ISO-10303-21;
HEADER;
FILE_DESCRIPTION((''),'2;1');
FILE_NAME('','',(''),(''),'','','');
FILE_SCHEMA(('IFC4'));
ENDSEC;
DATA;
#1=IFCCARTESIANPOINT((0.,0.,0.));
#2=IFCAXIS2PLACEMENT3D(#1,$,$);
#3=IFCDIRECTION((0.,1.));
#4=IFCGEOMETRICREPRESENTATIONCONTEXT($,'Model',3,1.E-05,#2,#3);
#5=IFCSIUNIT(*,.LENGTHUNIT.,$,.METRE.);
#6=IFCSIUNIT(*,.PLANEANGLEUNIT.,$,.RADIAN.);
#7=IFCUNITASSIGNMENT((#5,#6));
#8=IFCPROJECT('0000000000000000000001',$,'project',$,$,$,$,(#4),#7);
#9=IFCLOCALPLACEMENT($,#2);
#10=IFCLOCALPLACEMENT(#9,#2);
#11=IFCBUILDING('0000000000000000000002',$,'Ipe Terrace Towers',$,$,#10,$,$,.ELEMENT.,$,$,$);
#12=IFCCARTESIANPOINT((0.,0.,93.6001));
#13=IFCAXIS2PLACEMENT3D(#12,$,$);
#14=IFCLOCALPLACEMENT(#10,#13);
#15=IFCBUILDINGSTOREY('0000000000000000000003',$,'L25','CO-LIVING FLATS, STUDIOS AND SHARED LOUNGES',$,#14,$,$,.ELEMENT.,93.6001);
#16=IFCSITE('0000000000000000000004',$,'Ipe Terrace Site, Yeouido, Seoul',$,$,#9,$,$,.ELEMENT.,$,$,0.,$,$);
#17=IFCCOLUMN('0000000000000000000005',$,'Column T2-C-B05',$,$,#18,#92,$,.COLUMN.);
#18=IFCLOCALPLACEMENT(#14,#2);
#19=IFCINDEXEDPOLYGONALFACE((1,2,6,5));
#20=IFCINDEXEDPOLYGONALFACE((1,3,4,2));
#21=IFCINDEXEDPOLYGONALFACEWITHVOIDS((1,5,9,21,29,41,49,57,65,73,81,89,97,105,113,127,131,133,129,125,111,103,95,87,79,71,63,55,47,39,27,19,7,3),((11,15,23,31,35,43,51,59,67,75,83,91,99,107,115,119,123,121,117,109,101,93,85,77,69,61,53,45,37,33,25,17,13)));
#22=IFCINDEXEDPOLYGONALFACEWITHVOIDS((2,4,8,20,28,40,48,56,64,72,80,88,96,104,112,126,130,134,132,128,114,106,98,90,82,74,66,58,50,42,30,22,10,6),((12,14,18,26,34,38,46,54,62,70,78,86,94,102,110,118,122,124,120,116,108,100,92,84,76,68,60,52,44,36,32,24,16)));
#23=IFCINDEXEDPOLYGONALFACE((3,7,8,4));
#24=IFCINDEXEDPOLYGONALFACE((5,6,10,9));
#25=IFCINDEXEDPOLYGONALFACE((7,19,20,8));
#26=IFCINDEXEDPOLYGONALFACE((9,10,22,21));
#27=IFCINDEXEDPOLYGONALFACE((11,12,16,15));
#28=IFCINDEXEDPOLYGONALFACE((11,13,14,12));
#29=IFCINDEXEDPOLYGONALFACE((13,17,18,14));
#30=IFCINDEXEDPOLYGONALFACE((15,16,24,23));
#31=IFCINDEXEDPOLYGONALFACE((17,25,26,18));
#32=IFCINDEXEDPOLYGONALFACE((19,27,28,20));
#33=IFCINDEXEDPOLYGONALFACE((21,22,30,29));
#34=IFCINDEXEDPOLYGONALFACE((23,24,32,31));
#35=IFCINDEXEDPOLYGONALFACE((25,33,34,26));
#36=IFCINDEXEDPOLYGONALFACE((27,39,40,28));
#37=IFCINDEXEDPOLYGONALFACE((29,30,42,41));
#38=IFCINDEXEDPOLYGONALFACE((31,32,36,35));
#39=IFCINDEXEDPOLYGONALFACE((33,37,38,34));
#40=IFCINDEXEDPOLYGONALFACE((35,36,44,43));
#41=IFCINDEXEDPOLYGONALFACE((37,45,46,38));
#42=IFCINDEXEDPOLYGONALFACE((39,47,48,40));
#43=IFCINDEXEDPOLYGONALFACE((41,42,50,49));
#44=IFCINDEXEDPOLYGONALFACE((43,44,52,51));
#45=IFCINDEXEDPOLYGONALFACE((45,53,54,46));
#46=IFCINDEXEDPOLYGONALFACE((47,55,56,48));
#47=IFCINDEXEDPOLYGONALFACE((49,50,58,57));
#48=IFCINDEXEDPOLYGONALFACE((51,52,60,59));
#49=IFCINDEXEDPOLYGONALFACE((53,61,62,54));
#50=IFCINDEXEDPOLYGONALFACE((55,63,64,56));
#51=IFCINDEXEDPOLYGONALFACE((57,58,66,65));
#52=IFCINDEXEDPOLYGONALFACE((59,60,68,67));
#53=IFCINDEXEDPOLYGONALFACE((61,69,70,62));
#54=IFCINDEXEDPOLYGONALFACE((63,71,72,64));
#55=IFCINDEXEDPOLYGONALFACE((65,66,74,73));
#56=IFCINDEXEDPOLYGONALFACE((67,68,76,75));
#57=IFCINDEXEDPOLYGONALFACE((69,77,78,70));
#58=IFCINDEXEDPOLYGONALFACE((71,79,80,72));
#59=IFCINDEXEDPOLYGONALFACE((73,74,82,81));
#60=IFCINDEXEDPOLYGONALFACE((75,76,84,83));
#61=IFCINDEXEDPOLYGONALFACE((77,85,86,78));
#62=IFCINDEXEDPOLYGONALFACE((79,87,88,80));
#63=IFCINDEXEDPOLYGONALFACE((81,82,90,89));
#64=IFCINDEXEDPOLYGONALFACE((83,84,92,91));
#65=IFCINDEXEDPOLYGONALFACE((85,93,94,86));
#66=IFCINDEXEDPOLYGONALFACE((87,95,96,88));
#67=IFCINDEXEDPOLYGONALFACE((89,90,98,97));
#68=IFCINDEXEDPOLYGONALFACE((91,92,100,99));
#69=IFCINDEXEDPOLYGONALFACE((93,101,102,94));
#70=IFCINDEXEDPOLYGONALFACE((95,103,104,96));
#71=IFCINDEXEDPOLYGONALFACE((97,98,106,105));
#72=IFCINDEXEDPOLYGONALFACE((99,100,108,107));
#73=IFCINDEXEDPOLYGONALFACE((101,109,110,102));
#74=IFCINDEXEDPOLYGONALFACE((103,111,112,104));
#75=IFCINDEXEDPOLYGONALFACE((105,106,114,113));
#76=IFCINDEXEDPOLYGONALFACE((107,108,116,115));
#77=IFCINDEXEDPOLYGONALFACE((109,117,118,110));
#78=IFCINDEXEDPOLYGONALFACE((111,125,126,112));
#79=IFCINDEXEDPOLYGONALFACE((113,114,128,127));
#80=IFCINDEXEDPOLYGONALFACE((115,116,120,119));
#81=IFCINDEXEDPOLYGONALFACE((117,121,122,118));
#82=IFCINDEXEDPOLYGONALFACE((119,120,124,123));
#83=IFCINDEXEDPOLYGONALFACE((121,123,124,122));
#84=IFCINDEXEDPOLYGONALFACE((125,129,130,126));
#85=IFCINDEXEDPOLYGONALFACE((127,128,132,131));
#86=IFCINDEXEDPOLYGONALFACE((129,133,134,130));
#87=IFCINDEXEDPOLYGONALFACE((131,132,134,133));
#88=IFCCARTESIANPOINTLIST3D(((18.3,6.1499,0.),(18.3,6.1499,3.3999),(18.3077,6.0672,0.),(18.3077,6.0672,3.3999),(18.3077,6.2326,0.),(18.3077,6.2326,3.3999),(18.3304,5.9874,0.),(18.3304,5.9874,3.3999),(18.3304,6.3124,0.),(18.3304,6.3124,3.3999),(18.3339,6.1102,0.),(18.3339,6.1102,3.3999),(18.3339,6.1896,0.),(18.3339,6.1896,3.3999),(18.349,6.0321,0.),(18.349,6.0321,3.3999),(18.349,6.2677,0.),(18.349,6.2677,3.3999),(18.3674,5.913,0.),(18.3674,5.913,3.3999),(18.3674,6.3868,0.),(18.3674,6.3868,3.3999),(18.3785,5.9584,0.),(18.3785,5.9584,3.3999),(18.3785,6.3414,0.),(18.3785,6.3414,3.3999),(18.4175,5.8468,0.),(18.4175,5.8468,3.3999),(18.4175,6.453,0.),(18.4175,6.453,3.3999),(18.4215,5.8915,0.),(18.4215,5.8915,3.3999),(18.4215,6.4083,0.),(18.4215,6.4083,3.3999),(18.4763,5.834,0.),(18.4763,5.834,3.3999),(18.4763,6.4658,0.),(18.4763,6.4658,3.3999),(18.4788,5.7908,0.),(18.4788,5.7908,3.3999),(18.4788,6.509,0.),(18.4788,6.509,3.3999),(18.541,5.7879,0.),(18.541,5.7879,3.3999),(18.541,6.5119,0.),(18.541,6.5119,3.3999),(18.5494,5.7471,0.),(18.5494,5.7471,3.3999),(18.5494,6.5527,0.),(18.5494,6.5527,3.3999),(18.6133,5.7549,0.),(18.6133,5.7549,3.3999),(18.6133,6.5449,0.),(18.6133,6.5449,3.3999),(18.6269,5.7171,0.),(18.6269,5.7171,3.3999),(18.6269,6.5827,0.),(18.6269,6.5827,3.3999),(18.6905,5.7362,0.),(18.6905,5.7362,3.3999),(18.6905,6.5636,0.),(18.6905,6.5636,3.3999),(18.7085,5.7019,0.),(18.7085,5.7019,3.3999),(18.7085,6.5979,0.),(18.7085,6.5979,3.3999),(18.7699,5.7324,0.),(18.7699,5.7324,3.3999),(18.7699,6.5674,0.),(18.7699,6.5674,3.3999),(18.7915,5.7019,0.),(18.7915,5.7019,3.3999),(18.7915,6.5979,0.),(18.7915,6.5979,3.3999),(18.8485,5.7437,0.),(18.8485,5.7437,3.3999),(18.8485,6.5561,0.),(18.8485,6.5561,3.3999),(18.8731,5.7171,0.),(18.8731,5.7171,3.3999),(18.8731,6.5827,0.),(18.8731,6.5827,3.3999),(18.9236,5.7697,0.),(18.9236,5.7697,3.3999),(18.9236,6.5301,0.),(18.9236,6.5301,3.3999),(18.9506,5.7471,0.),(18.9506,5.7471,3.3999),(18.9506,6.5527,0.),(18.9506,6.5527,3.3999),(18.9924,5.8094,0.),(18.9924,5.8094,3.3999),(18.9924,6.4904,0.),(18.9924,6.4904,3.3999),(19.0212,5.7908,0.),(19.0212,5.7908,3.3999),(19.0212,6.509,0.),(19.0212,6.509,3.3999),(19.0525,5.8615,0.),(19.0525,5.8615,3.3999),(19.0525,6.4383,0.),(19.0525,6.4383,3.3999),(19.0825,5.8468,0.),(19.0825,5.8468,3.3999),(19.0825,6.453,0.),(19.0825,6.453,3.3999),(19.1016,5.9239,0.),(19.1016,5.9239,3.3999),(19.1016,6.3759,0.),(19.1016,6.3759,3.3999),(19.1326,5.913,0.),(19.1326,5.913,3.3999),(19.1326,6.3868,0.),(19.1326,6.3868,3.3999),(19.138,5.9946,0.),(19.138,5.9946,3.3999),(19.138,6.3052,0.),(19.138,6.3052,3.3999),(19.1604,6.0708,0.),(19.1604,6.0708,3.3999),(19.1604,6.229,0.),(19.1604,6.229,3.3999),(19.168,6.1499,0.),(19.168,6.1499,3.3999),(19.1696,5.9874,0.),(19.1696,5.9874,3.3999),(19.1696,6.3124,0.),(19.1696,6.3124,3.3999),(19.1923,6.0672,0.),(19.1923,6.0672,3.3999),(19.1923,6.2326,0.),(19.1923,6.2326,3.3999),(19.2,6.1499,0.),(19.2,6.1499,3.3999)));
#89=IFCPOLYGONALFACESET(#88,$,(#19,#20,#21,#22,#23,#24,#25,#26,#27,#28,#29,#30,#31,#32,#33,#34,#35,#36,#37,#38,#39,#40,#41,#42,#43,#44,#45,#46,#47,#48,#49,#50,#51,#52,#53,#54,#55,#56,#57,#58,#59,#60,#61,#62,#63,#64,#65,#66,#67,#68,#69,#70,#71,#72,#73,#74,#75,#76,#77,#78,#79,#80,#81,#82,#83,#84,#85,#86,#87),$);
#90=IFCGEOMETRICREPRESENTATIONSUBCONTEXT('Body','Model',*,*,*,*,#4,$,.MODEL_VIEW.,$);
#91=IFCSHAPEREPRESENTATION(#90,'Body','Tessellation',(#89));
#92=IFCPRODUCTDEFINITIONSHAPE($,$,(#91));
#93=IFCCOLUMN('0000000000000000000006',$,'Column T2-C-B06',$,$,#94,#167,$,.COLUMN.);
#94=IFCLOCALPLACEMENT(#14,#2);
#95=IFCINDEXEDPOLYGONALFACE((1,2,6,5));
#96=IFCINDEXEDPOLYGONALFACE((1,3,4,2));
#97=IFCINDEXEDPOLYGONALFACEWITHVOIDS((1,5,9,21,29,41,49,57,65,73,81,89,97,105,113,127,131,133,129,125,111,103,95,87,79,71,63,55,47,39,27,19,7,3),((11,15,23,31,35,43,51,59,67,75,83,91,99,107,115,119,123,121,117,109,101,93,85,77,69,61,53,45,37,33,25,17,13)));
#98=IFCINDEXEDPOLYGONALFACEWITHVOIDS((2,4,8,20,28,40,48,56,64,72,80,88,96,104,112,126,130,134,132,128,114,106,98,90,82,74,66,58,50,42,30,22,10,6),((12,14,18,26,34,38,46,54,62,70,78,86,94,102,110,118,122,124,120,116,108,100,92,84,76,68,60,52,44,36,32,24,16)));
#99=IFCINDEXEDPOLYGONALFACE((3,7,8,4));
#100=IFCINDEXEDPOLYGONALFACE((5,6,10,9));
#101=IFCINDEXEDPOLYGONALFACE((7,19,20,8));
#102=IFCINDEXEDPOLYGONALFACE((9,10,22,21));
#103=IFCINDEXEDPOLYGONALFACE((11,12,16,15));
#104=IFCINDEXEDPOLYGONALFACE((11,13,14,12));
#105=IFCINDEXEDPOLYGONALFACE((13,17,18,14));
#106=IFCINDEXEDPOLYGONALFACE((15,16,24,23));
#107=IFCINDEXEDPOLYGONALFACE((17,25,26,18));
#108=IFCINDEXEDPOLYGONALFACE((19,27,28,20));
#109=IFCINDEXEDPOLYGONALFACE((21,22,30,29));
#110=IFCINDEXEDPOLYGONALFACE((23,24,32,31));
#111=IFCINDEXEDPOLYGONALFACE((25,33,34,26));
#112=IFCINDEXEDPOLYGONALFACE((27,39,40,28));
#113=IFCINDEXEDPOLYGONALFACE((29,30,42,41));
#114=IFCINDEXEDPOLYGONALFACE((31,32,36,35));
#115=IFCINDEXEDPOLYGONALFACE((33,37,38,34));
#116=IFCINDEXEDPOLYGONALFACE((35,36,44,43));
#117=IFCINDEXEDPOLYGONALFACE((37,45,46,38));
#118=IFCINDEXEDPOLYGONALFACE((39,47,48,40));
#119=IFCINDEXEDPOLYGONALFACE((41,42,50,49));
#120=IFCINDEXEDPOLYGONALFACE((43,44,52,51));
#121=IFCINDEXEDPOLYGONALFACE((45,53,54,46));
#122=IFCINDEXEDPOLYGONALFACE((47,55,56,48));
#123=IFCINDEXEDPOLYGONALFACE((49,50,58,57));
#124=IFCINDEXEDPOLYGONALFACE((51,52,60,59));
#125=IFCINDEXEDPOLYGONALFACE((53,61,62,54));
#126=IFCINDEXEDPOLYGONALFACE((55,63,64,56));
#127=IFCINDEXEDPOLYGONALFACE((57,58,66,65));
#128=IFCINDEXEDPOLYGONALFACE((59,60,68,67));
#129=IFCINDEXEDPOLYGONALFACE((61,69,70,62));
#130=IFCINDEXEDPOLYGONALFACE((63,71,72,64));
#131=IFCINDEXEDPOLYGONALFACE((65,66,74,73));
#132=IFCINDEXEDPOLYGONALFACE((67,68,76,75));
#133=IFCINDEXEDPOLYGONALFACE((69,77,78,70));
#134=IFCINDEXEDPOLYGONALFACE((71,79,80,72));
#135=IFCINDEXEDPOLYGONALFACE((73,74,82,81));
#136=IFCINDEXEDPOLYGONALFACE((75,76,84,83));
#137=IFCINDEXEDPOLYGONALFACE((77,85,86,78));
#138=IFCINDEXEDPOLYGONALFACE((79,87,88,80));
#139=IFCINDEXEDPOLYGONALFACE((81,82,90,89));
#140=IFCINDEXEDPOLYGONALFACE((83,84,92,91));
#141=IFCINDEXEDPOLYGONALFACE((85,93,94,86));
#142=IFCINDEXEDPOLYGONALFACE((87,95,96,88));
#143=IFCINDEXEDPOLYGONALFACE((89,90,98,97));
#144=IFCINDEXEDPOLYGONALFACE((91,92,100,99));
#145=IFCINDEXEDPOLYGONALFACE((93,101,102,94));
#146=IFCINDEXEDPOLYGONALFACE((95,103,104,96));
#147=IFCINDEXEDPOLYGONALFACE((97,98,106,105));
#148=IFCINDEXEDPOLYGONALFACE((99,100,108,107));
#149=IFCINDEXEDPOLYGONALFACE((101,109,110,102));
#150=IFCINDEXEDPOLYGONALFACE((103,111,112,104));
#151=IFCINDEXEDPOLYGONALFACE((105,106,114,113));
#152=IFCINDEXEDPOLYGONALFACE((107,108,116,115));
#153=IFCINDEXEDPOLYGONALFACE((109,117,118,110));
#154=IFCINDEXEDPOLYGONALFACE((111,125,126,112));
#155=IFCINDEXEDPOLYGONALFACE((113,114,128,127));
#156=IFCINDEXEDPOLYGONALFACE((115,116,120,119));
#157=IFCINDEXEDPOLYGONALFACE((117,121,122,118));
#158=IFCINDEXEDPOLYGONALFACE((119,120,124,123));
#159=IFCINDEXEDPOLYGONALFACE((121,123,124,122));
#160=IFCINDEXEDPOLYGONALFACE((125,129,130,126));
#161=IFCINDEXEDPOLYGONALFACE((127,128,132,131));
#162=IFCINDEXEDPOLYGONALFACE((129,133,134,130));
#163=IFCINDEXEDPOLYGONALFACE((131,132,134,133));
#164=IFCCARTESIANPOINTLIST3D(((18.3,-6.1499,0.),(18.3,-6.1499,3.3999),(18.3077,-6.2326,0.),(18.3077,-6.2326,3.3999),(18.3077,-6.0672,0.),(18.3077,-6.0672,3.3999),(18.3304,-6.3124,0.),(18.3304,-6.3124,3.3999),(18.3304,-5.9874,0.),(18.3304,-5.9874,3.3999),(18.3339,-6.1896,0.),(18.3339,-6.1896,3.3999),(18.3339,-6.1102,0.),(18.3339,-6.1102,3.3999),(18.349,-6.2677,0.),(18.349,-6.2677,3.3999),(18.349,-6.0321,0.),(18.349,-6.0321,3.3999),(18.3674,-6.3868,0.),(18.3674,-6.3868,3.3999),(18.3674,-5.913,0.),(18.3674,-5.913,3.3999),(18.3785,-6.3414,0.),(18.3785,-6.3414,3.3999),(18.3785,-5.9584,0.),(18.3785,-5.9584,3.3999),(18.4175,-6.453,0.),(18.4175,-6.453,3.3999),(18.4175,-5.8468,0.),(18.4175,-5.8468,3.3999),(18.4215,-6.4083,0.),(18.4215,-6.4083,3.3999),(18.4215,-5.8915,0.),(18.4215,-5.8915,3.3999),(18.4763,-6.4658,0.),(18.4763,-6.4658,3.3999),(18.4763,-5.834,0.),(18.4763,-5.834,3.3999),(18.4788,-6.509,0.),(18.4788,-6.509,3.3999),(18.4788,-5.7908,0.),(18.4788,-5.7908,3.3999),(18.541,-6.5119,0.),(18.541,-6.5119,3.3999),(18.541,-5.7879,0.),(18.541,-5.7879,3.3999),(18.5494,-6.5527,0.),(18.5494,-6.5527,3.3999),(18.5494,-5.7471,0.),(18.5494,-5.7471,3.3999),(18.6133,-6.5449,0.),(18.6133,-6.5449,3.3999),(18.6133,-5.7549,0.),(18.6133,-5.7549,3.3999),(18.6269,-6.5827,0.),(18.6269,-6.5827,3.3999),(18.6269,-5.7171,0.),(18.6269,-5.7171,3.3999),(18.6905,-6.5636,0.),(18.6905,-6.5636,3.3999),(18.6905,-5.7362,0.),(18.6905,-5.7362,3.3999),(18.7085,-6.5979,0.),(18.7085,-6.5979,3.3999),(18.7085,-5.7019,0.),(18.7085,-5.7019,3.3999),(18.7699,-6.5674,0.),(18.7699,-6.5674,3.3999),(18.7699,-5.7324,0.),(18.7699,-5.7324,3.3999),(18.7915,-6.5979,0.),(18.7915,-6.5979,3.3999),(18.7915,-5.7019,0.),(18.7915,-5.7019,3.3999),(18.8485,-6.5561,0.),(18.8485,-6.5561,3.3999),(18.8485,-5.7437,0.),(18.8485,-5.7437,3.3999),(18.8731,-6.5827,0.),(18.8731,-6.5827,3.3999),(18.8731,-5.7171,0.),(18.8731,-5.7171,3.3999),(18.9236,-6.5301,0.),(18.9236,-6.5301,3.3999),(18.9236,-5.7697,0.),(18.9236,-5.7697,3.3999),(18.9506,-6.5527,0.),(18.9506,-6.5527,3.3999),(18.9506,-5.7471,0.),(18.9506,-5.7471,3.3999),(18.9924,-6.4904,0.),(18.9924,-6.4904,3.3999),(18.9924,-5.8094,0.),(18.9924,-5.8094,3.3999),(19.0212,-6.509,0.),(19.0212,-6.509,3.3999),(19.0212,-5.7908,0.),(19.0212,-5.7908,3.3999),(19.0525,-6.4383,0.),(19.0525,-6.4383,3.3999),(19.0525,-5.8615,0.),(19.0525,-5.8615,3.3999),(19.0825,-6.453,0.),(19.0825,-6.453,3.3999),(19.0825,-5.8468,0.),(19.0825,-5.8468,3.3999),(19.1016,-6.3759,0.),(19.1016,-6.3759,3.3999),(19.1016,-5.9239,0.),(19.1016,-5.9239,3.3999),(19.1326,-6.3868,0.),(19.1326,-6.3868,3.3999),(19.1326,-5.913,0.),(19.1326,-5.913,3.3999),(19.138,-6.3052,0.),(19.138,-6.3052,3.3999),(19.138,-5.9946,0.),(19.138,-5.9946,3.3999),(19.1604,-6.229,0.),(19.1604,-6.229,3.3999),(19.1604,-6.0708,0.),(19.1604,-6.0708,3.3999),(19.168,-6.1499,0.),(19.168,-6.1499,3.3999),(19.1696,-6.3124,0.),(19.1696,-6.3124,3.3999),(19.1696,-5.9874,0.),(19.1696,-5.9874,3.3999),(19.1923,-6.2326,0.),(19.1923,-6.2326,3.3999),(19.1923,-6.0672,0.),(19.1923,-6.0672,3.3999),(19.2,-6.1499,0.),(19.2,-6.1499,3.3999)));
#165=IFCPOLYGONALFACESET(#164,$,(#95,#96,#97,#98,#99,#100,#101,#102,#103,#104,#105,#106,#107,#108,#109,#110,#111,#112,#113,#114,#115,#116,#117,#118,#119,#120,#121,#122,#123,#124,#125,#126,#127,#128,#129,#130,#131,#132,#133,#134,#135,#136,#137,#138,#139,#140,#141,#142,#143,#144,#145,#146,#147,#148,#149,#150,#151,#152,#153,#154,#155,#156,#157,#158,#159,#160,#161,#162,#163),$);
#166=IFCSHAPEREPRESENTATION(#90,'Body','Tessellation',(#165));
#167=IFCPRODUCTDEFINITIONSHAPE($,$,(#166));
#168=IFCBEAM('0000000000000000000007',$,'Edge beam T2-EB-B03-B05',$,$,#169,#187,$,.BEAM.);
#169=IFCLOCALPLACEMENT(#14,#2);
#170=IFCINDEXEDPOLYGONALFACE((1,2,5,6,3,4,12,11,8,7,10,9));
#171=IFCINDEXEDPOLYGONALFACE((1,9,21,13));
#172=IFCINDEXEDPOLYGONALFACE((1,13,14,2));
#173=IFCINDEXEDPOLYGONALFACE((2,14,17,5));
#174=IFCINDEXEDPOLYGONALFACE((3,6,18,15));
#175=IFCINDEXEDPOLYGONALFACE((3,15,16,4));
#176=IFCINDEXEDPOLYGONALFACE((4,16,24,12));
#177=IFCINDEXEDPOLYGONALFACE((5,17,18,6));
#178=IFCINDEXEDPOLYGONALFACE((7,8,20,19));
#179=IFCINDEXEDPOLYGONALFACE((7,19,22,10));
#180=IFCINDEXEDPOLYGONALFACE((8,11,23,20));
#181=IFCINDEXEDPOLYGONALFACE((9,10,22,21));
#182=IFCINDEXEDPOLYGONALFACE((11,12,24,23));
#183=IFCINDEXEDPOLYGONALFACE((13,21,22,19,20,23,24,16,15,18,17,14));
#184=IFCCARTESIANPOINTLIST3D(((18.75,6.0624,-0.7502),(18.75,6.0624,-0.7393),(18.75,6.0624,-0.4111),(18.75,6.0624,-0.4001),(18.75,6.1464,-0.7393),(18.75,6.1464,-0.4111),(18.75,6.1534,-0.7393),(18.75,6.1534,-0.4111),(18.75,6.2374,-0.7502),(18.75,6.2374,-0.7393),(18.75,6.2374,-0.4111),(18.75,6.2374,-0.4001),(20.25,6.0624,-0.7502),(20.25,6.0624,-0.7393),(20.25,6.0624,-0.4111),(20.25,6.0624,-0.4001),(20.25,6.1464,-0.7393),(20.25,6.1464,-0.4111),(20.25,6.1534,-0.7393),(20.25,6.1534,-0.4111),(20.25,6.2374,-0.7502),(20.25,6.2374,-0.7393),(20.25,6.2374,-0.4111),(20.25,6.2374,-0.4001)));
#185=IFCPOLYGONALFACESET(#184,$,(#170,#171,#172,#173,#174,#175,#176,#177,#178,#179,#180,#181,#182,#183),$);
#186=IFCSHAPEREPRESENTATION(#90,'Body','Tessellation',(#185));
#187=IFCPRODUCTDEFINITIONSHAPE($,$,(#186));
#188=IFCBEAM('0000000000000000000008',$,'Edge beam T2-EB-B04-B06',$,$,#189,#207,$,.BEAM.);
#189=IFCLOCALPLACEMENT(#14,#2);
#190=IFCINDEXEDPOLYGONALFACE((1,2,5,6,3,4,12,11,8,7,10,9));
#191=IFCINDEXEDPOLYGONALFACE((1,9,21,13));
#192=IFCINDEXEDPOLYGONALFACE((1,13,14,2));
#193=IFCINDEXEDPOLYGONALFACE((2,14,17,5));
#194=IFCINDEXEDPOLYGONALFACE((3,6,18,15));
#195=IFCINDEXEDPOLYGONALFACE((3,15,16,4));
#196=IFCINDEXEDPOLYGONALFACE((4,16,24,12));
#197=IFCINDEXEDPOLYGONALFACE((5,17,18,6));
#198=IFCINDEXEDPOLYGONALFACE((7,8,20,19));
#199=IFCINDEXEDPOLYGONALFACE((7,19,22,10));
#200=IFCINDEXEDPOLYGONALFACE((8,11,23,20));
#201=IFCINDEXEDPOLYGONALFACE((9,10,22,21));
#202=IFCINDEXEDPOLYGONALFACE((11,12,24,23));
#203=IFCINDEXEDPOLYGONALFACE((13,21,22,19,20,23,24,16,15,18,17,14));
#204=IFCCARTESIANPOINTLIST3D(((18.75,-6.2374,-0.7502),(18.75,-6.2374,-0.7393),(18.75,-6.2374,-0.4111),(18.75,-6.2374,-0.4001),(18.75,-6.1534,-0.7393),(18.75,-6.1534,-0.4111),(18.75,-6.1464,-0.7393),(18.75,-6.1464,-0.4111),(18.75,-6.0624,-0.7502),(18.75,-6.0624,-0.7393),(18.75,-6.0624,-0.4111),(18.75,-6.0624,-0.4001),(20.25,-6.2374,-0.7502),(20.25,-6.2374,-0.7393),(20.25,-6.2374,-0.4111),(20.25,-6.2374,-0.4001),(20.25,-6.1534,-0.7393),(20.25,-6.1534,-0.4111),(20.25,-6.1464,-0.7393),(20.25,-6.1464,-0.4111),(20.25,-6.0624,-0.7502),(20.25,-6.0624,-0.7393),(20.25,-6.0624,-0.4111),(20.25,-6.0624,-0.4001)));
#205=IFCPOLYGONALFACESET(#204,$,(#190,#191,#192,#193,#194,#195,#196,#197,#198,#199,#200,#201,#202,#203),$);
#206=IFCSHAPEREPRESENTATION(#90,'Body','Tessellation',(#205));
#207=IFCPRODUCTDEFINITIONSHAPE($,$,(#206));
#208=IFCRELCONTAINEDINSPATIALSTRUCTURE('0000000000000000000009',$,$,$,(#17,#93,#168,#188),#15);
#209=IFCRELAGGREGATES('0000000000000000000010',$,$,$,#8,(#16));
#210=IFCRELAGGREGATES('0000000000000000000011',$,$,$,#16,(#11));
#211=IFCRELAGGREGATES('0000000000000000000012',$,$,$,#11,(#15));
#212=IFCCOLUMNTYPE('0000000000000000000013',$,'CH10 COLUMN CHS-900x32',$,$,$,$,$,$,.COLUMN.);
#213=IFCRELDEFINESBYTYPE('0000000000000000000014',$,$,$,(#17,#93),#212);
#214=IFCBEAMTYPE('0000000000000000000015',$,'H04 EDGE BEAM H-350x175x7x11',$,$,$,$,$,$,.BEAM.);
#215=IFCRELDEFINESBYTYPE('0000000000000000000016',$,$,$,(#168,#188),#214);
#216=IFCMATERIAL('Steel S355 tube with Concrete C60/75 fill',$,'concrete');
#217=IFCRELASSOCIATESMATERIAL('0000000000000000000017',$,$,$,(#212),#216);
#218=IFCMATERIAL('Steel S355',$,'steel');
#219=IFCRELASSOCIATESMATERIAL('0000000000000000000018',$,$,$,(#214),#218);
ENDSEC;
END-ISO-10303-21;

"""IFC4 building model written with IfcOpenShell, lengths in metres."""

from ifc_helpers import new_model, si_unit, direction, frame, origin, origin_2d, place, context, subcontext, project, spatial, hollow_circle, i_section, extrude, material, material_profile, profile_set, type_object, element, save


model = new_model("IFC4")

# Units and contexts
model_context = context("Model", 3, precision=1e-05, world=origin(), true_north=direction((0.0, 1.0)))
body_context = subcontext(model_context, "Body", "Model", "MODEL_VIEW")
ifc_project = project(units=[si_unit("LENGTHUNIT", "METRE"), si_unit("PLANEANGLEUNIT", "RADIAN")], contexts=[model_context])

# Site, building, storey
site_placement = place(None, origin())
site = spatial("IfcSite", under=ifc_project, at=site_placement, Name="Ipe Terrace Site, Yeouido, Seoul", CompositionType="ELEMENT", RefElevation=0.0)
building_placement = place(site_placement, origin())
building = spatial("IfcBuilding", under=site, at=building_placement, Name="Ipe Terrace Towers", CompositionType="ELEMENT")
storey_placement = place(building_placement, frame((0.0, 0.0, 93.6001)))
storey = spatial("IfcBuildingStorey", under=building, at=storey_placement, Name="L25", Description="CO-LIVING FLATS, STUDIOS AND SHARED LOUNGES", CompositionType="ELEMENT", Elevation=93.6001)

# Columns
ifc_material_1 = material(Name="Steel S355 tube with Concrete C60/75 fill", Category="concrete")
ifc_material_profile_1 = material_profile(ifc_material_1, hollow_circle(Radius=0.45, WallThickness=0.032, at=origin_2d()), Name="CHS-900x32")
ifc_profile_set_1 = profile_set([ifc_material_profile_1], Name="Steel S355 tube with Concrete C60/75 fill")
column_type = type_object("IfcColumnType", Name="CH10 COLUMN CHS-900x32", PredefinedType="COLUMN", material=ifc_profile_set_1)
for number, where, z_axis, x_axis, name in (
    (1, (18.75, 6.1499, 0.0), (0.0, 0.0, 1.0), (1.0, 0.0, 0.0), "Column T2-C-B05"),
    (2, (18.75, -6.1499, 0.0), (0.0, 0.0, 1.0), (1.0, 0.0, 0.0), "Column T2-C-B06"),
):
    element("IfcColumn", number, at=place(storey_placement, frame(where, z_axis=z_axis, x_axis=x_axis)), inside=storey, type_object=column_type, Name=name, PredefinedType="COLUMN", context=body_context, shape_type="SweptSolid", body=[
        extrude(hollow_circle(Radius=0.45, WallThickness=0.032, at=origin_2d()), origin(), (0.0, 0.0, 1.0), 3.3999),
    ])

# Beams
ifc_material_2 = material(Name="Steel S355", Category="steel")
ifc_material_profile_2 = material_profile(ifc_material_2, i_section(OverallWidth=0.175, OverallDepth=0.3501, WebThickness=0.0071, FlangeThickness=0.011, at=origin_2d()), Name="H-350x175x7x11")
ifc_profile_set_2 = profile_set([ifc_material_profile_2], Name="Steel S355")
beam_type = type_object("IfcBeamType", Name="H04 EDGE BEAM H-350x175x7x11", PredefinedType="BEAM", material=ifc_profile_set_2)
for number, where, z_axis, x_axis, name in (
    (3, (20.25, 6.1499, -0.5752), (-1.0, 0.0, 0.0), (0.0, -1.0, 0.0), "Edge beam T2-EB-B03-B05"),
    (4, (20.25, -6.1499, -0.5752), (-1.0, 0.0, 0.0), (0.0, -1.0, 0.0), "Edge beam T2-EB-B04-B06"),
):
    element("IfcBeam", number, at=place(storey_placement, frame(where, z_axis=z_axis, x_axis=x_axis)), inside=storey, type_object=beam_type, Name=name, PredefinedType="BEAM", context=body_context, shape_type="SweptSolid", body=[
        extrude(i_section(OverallWidth=0.175, OverallDepth=0.3501, WebThickness=0.0071, FlangeThickness=0.011, at=origin_2d()), origin(), (0.0, 0.0, 1.0), 1.5),
    ])

save(model, "model.ifc")
